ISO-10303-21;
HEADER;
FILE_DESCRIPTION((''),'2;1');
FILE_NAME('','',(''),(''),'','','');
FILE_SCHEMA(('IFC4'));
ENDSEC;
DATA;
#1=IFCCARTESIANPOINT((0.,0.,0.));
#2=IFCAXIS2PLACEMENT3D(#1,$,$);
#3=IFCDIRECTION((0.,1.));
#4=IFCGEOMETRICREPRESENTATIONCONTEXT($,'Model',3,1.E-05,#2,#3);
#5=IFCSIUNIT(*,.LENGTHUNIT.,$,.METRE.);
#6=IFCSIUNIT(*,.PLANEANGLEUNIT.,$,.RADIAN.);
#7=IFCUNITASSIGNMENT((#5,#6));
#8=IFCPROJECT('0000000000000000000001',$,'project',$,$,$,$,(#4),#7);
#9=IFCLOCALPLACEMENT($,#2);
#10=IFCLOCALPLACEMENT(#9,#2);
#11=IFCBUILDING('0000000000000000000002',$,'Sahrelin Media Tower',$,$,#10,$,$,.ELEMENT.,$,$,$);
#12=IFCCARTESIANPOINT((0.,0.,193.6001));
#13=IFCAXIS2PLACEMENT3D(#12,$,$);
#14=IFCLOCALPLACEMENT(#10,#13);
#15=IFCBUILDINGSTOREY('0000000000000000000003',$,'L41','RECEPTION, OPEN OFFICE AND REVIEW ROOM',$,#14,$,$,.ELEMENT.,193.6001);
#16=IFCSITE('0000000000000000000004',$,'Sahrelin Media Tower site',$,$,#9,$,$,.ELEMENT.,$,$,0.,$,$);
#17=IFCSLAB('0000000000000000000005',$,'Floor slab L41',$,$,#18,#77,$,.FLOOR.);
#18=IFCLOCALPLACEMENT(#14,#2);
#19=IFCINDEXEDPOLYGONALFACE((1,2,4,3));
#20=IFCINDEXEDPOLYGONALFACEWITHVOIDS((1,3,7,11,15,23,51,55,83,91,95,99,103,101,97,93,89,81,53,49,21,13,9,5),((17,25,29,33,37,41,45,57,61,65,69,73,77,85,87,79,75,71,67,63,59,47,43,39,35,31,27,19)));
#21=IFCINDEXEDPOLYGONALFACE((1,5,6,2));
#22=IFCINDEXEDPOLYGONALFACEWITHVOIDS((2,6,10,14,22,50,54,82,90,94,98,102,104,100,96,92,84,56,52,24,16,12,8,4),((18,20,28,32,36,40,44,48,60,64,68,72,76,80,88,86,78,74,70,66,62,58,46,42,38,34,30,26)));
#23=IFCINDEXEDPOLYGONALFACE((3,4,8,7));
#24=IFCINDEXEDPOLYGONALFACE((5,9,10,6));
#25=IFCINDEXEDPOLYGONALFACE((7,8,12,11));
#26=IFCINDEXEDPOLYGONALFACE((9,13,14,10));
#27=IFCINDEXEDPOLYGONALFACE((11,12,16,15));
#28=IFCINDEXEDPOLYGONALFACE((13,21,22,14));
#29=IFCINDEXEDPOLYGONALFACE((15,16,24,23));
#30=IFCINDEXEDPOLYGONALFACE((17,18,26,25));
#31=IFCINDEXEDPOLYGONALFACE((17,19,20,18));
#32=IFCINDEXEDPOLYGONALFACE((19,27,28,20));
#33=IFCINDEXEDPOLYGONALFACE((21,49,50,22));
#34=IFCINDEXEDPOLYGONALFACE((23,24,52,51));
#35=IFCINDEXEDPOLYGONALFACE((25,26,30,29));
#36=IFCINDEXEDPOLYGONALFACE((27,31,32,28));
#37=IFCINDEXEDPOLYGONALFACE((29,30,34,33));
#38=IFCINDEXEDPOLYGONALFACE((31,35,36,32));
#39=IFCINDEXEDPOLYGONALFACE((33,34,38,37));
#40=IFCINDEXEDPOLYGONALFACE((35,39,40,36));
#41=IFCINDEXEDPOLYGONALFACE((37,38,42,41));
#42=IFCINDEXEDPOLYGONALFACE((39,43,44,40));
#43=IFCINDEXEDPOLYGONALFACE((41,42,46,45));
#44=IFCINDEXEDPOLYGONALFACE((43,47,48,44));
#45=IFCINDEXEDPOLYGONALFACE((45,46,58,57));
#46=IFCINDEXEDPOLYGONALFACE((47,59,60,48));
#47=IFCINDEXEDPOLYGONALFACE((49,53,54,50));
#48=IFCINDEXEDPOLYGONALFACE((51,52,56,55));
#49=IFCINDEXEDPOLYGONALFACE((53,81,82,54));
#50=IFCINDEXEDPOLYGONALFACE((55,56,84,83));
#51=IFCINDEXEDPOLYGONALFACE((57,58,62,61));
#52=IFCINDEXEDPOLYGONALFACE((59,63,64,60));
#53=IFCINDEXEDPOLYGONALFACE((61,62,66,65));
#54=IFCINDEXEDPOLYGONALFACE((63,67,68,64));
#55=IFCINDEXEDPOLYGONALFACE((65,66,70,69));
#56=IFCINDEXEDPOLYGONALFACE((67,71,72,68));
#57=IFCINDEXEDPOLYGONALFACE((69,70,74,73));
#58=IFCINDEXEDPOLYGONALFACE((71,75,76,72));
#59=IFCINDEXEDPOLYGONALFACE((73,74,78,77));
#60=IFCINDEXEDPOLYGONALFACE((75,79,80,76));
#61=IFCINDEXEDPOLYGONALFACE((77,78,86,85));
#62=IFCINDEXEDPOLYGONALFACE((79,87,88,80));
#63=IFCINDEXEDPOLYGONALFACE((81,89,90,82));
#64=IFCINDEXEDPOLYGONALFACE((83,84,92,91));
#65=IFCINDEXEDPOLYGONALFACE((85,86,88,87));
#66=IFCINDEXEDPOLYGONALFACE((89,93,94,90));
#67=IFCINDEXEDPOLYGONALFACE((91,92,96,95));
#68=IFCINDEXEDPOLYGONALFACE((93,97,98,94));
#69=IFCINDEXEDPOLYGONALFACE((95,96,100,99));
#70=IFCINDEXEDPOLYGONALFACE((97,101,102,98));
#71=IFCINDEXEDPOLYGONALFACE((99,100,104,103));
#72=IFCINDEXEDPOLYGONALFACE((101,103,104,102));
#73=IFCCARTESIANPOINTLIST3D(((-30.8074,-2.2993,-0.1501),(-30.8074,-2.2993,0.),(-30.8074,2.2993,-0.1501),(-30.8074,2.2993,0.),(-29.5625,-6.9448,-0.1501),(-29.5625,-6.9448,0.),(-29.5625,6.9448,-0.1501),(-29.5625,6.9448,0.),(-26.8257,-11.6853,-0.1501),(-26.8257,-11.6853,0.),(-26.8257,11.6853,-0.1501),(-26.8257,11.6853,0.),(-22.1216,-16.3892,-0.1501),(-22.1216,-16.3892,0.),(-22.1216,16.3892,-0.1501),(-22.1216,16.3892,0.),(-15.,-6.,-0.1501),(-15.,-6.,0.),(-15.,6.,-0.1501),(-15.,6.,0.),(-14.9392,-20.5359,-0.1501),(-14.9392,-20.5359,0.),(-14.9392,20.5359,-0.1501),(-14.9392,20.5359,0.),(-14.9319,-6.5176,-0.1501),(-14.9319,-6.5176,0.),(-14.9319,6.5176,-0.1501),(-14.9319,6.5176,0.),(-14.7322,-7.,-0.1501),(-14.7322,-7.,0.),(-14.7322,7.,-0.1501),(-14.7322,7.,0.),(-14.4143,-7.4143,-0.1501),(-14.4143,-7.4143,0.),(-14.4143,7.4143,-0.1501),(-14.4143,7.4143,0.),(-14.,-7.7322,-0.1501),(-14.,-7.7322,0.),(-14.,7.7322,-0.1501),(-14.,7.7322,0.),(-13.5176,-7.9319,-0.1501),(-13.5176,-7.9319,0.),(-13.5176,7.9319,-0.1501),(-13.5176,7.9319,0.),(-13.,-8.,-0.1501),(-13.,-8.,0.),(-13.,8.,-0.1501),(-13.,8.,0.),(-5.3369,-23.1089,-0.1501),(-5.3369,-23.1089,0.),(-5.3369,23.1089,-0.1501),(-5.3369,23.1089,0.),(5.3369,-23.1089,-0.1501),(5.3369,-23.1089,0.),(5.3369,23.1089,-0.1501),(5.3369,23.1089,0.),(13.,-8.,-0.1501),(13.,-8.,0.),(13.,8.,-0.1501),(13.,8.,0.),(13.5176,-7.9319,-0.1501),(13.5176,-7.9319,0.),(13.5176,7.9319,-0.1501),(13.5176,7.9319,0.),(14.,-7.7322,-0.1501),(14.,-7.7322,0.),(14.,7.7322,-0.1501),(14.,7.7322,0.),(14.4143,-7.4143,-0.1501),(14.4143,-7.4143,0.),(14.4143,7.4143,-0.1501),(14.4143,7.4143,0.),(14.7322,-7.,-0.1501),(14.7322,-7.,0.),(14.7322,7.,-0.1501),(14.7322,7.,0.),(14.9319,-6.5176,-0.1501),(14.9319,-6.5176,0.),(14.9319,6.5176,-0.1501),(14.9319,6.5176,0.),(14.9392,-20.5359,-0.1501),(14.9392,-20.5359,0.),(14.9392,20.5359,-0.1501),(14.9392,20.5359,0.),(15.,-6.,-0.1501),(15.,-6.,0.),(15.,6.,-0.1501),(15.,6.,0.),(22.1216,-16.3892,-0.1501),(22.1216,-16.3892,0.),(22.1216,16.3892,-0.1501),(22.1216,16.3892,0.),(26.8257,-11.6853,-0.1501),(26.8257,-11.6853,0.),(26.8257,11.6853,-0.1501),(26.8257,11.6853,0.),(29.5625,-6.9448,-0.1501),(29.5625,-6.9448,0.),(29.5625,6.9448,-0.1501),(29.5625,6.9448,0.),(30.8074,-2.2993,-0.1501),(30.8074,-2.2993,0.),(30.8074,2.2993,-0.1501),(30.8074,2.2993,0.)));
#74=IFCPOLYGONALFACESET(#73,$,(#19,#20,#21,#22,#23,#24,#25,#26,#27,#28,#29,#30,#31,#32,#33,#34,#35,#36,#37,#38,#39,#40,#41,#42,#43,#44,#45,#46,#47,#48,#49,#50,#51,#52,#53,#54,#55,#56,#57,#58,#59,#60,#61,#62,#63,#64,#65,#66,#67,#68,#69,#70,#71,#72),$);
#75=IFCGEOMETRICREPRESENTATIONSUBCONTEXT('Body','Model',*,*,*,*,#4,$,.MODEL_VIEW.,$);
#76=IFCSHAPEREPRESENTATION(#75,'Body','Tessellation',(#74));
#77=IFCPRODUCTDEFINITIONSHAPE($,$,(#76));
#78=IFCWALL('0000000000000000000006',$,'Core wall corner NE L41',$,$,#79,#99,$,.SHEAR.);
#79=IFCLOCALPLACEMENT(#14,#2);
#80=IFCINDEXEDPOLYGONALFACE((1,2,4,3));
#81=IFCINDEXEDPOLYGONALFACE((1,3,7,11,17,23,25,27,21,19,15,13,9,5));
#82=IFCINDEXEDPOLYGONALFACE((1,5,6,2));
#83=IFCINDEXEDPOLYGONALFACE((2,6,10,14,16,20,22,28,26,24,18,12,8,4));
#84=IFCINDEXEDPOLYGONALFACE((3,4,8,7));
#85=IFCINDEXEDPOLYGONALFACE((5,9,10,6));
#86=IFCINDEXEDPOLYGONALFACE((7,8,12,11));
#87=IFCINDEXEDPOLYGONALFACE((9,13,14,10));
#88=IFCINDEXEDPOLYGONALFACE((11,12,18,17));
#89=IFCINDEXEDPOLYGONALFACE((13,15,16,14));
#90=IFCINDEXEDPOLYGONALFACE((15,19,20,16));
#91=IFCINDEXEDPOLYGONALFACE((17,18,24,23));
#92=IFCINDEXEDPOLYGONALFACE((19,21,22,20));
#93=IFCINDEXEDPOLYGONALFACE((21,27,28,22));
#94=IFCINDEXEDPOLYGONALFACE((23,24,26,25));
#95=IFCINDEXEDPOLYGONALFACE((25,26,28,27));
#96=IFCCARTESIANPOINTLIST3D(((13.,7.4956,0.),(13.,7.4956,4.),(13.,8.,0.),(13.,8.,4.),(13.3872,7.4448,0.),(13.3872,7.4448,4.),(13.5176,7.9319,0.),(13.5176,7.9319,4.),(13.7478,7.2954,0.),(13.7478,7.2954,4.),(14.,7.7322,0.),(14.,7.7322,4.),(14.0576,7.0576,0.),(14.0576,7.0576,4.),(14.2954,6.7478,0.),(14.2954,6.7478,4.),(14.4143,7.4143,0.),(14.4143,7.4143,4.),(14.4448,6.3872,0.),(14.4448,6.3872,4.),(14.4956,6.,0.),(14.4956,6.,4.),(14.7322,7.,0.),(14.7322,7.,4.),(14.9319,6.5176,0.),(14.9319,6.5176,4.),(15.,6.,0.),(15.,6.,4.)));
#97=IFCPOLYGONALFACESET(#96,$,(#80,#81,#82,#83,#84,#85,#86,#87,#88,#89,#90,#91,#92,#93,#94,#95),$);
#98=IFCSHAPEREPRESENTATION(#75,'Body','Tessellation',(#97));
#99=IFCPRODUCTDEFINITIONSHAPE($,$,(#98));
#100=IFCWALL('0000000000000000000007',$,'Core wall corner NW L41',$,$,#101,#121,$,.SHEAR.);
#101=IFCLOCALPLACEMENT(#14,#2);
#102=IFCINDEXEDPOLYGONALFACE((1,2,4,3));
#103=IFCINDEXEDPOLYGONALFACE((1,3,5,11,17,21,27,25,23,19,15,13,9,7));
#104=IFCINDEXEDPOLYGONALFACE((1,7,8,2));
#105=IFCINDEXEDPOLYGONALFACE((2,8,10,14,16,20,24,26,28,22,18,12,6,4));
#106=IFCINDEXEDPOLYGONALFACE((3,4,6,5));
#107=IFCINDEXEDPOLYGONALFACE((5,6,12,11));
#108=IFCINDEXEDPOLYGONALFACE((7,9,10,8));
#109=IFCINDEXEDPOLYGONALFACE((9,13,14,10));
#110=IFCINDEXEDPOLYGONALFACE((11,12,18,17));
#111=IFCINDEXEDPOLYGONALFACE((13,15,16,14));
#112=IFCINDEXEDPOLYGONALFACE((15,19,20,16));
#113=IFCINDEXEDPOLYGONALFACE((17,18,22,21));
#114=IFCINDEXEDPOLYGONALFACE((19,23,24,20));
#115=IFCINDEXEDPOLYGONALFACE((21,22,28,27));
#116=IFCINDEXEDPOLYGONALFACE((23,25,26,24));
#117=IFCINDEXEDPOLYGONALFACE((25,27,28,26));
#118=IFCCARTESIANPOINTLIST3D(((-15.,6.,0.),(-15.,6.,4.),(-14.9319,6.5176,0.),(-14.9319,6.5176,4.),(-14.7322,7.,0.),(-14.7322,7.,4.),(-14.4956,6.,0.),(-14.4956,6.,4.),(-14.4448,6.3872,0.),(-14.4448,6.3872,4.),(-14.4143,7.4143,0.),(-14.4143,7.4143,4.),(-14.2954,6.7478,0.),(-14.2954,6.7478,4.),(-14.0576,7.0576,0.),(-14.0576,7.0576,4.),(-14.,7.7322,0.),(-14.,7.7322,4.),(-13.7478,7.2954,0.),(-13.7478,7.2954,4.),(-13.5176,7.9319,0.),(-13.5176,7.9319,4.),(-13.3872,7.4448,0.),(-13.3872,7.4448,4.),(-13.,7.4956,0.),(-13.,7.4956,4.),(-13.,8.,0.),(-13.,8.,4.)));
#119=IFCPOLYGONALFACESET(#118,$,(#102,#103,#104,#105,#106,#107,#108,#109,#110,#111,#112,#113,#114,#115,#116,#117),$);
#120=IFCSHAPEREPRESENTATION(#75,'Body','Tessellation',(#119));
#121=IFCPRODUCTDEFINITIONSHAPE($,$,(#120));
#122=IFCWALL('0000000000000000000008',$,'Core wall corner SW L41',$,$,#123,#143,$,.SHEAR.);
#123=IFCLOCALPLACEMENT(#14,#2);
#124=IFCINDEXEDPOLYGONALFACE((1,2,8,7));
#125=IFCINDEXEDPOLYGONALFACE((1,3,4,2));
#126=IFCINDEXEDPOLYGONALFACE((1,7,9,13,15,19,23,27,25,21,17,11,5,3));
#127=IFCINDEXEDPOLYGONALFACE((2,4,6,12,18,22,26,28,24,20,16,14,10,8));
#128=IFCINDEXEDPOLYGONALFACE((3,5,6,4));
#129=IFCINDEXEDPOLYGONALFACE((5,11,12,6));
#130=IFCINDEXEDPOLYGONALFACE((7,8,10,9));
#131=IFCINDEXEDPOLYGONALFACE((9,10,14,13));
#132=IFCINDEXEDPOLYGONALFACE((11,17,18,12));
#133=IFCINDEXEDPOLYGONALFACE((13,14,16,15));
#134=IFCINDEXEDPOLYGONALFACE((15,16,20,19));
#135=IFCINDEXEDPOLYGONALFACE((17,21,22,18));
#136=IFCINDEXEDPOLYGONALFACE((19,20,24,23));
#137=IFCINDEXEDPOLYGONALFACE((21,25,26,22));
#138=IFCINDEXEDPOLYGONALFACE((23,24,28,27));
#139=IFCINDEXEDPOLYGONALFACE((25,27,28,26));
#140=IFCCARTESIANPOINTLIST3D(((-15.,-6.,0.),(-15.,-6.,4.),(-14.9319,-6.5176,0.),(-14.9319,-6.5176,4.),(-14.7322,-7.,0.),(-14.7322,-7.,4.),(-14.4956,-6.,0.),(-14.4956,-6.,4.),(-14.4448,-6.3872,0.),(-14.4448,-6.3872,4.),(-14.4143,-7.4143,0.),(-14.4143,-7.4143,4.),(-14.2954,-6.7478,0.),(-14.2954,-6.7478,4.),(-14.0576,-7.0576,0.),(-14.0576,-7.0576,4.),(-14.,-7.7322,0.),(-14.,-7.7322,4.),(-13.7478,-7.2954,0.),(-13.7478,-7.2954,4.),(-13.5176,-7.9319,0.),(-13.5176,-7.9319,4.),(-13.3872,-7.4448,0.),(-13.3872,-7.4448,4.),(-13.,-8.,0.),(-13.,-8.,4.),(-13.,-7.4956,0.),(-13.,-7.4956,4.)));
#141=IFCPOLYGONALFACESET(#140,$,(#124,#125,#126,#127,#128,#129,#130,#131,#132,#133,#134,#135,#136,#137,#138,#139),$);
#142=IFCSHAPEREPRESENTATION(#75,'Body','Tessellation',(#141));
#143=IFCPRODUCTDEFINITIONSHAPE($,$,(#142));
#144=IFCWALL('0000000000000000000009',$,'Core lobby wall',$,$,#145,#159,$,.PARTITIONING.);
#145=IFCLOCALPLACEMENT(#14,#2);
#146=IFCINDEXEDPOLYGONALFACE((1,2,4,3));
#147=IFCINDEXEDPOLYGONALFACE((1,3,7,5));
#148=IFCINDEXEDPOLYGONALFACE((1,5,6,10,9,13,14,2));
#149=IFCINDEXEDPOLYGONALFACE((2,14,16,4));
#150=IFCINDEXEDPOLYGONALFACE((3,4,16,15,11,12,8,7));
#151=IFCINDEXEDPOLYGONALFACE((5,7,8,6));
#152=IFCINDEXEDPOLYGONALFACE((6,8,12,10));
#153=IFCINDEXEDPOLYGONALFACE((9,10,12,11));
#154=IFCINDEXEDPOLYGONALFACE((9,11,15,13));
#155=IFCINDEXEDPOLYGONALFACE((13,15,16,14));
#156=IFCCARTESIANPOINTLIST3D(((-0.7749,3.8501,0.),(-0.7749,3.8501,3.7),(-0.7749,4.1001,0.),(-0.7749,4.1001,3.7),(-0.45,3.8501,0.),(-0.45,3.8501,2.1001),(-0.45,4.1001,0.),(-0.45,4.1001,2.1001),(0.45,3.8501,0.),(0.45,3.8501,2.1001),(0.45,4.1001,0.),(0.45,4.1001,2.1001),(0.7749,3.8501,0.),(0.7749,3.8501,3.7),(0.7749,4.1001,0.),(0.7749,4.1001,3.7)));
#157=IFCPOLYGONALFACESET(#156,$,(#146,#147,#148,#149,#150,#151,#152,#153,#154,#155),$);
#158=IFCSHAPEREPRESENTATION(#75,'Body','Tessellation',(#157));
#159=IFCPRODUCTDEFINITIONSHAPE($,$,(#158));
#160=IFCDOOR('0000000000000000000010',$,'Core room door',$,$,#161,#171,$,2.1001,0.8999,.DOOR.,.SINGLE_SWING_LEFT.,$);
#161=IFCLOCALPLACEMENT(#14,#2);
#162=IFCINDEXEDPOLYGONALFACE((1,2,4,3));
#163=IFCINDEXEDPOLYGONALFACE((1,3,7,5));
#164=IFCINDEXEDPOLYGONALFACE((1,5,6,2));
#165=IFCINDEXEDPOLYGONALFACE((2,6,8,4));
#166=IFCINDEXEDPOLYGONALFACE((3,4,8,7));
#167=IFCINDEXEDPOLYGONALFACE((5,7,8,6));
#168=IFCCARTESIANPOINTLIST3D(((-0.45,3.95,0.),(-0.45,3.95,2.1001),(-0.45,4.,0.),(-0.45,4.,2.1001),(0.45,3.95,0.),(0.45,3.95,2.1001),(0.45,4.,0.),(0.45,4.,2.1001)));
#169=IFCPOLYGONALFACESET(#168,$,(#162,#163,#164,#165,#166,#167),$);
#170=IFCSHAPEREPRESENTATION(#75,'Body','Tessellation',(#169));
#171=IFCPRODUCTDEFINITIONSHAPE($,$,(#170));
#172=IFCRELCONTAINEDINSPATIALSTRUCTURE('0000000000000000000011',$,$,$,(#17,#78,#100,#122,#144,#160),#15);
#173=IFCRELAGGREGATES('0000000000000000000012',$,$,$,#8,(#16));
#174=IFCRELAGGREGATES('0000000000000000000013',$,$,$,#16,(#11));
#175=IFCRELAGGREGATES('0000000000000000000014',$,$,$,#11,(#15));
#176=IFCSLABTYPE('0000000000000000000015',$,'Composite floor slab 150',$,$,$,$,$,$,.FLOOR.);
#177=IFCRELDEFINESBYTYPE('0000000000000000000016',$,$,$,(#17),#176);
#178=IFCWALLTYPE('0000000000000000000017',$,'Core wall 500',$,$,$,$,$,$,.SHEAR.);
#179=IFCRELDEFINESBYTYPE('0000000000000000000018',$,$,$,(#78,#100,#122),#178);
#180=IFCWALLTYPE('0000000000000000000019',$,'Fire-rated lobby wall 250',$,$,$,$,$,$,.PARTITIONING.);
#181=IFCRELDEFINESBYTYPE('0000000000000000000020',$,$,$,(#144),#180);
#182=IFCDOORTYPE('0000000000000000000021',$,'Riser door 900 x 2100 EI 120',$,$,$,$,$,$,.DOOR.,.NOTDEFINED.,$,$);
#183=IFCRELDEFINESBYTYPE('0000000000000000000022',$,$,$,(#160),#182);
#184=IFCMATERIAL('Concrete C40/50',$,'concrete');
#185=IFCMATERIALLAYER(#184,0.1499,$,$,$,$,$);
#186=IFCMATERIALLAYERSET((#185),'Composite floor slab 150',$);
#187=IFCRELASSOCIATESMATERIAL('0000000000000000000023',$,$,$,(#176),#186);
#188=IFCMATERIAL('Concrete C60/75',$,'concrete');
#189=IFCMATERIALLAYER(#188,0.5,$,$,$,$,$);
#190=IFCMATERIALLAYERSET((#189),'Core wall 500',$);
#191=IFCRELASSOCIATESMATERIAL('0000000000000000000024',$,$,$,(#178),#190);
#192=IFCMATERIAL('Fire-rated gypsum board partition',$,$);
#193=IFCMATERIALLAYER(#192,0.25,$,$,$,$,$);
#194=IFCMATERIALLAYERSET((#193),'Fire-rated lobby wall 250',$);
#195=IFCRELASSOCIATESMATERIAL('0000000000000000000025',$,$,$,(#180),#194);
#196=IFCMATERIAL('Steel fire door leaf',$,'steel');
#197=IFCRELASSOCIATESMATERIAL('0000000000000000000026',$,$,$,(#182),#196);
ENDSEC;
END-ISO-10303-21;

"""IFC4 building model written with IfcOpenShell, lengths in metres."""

from ifc_helpers import new_model, si_unit, direction, frame, frame_2d, origin, place, context, subcontext, project, spatial, polyline, rectangle, outline, extrude, material, layer, layer_set, type_object, element, fill, save


model = new_model("IFC4")

# Units and contexts
model_context = context("Model", 3, precision=1e-05, world=origin(), true_north=direction((0.0, 1.0)))
body_context = subcontext(model_context, "Body", "Model", "MODEL_VIEW")
ifc_project = project(units=[si_unit("LENGTHUNIT", "METRE"), si_unit("PLANEANGLEUNIT", "RADIAN")], contexts=[model_context])

# Site, building, storey
site_placement = place(None, origin())
site = spatial("IfcSite", under=ifc_project, at=site_placement, Name="Sahrelin Media Tower site", CompositionType="ELEMENT", RefElevation=0.0)
building_placement = place(site_placement, origin())
building = spatial("IfcBuilding", under=site, at=building_placement, Name="Sahrelin Media Tower", CompositionType="ELEMENT")
storey_placement = place(building_placement, frame((0.0, 0.0, 193.6001)))
storey = spatial("IfcBuildingStorey", under=building, at=storey_placement, Name="L41", Description="RECEPTION, OPEN OFFICE AND REVIEW ROOM", CompositionType="ELEMENT", Elevation=193.6001)

# Slab
ifc_material_1 = material(Name="Concrete C40/50", Category="concrete")
ifc_layer_1 = layer(ifc_material_1, 0.1499)
ifc_layer_set_1 = layer_set([ifc_layer_1], Name="Composite floor slab 150")
slab_type = type_object("IfcSlabType", Name="Composite floor slab 150", PredefinedType="FLOOR", material=ifc_layer_set_1)
slab_placement = place(storey_placement, frame((0.0, 0.0, -0.1501)))
element("IfcSlab", 1, at=slab_placement, inside=storey, type_object=slab_type, Name="Floor slab L41", PredefinedType="FLOOR", context=body_context, shape_type="SweptSolid", body=[
    extrude(outline(polyline([(30.8074, -2.2993), (30.8074, 2.2993), (29.5625, 6.9448), (26.8257, 11.6853), (22.1216, 16.3892), (14.9392, 20.5359), (5.3369, 23.1089), (-5.3369, 23.1089), (-14.9392, 20.5359), (-22.1216, 16.3892), (-26.8257, 11.6853), (-29.5625, 6.9448), (-30.8074, 2.2993), (-30.8074, -2.2993), (-29.5625, -6.9448), (-26.8257, -11.6853), (-22.1216, -16.3892), (-14.9392, -20.5359), (-5.3369, -23.1089), (5.3369, -23.1089), (14.9392, -20.5359), (22.1216, -16.3892), (26.8257, -11.6853), (29.5625, -6.9448), (30.8074, -2.2993)]), holes=[polyline([(14.9319, 6.5176), (15.0, 6.0), (15.0, -6.0), (14.9319, -6.5176), (14.7322, -7.0), (14.4143, -7.4143), (14.0, -7.7322), (13.5176, -7.9319), (13.0, -8.0), (-13.0, -8.0), (-13.5176, -7.9319), (-14.0, -7.7322), (-14.4143, -7.4143), (-14.7322, -7.0), (-14.9319, -6.5176), (-15.0, -6.0), (-15.0, 6.0), (-14.9319, 6.5176), (-14.7322, 7.0), (-14.4143, 7.4143), (-14.0, 7.7322), (-13.5176, 7.9319), (-13.0, 8.0), (13.0, 8.0), (13.5176, 7.9319), (14.0, 7.7322), (14.4143, 7.4143), (14.7322, 7.0), (14.9319, 6.5176)])]), origin(), (0.0, 0.0, 1.0), 0.1501),
])

# Walls
ifc_material_2 = material(Name="Concrete C60/75", Category="concrete")
ifc_layer_2 = layer(ifc_material_2, 0.5)
ifc_layer_set_2 = layer_set([ifc_layer_2], Name="Core wall 500")
wall_type_1 = type_object("IfcWallType", Name="Core wall 500", PredefinedType="SHEAR", material=ifc_layer_set_2)
placement = place(storey_placement, origin())
element("IfcWall", 2, at=placement, inside=storey, type_object=wall_type_1, Name="Core wall corner NE L41", PredefinedType="SHEAR", context=body_context, shape_type="SweptSolid", body=[
    extrude(outline(polyline([(13.0, 8.0), (13.0, 7.4956), (13.3872, 7.4448), (13.7478, 7.2954), (14.0576, 7.0576), (14.2954, 6.7478), (14.4448, 6.3872), (14.4956, 6.0), (15.0, 6.0), (14.9319, 6.5176), (14.7322, 7.0), (14.4143, 7.4143), (14.0, 7.7322), (13.5176, 7.9319), (13.0, 8.0)])), origin(), (0.0, 0.0, 1.0), 4.0),
])
element("IfcWall", 3, at=placement, inside=storey, type_object=wall_type_1, Name="Core wall corner NW L41", PredefinedType="SHEAR", context=body_context, shape_type="SweptSolid", body=[
    extrude(outline(polyline([(-15.0, 6.0), (-14.4956, 6.0), (-14.4448, 6.3872), (-14.2954, 6.7478), (-14.0576, 7.0576), (-13.7478, 7.2954), (-13.3872, 7.4448), (-13.0, 7.4956), (-13.0, 8.0), (-13.5176, 7.9319), (-14.0, 7.7322), (-14.4143, 7.4143), (-14.7322, 7.0), (-14.9319, 6.5176), (-15.0, 6.0)])), origin(), (0.0, 0.0, 1.0), 4.0),
])
element("IfcWall", 4, at=placement, inside=storey, type_object=wall_type_1, Name="Core wall corner SW L41", PredefinedType="SHEAR", context=body_context, shape_type="SweptSolid", body=[
    extrude(outline(polyline([(-13.0, -8.0), (-13.0, -7.4956), (-13.3872, -7.4448), (-13.7478, -7.2954), (-14.0576, -7.0576), (-14.2954, -6.7478), (-14.4448, -6.3872), (-14.4956, -6.0), (-15.0, -6.0), (-14.9319, -6.5176), (-14.7322, -7.0), (-14.4143, -7.4143), (-14.0, -7.7322), (-13.5176, -7.9319), (-13.0, -8.0)])), origin(), (0.0, 0.0, 1.0), 4.0),
])

# Wall, opening, door
ifc_material_3 = material(Name="Fire-rated gypsum board partition")
ifc_layer_3 = layer(ifc_material_3, 0.25)
ifc_layer_set_3 = layer_set([ifc_layer_3], Name="Fire-rated lobby wall 250")
wall_type_2 = type_object("IfcWallType", Name="Fire-rated lobby wall 250", PredefinedType="PARTITIONING", material=ifc_layer_set_3)
wall_1_placement = place(storey_placement, frame((-0.7749, 3.9751, 0.0), z_axis=(0.0, 0.0, 1.0), x_axis=(1.0, 0.0, 0.0)))
wall_1 = element("IfcWall", 5, at=wall_1_placement, inside=storey, type_object=wall_type_2, Name="Core lobby wall", PredefinedType="PARTITIONING", context=body_context, shape_type="SweptSolid", body=[
    extrude(rectangle(XDim=1.5498, YDim=0.25, at=frame_2d((0.7749, 0.0))), origin(), (0.0, 0.0, 1.0), 3.7),
])
opening_1_placement = place(wall_1_placement, frame((0.325, 0.0, 0.0)))
opening_1 = element("IfcOpeningElement", 6, at=opening_1_placement, cuts=wall_1, PredefinedType="OPENING", context=body_context, shape_type="SweptSolid", body=[
    extrude(rectangle(XDim=0.8999, YDim=2.1001, at=frame_2d((0.45, 1.05))), frame((0.0, 0.125, 0.0), z_axis=(0.0, -1.0, 0.0), x_axis=(1.0, 0.0, 0.0)), (0.0, 0.0, 1.0), 0.25),
])
ifc_material_4 = material(Name="Steel fire door leaf", Category="steel")
door_type_1 = type_object("IfcDoorType", Name="Riser door 900 x 2100 EI 120", OperationType="NOTDEFINED", PredefinedType="DOOR", material=ifc_material_4)
door_1_placement = place(opening_1_placement, origin())
door_1 = element("IfcDoor", 7, at=door_1_placement, inside=storey, type_object=door_type_1, Name="Core room door", OperationType="SINGLE_SWING_LEFT", OverallHeight=2.1001, OverallWidth=0.8999, PredefinedType="DOOR", context=body_context, shape_type="SweptSolid", body=[
    extrude(rectangle(XDim=0.8999, YDim=2.1001, at=frame_2d((0.45, 1.05))), frame((0.0, 0.0249, 0.0), z_axis=(0.0, -1.0, 0.0), x_axis=(1.0, 0.0, 0.0)), (0.0, 0.0, 1.0), 0.05),
])
fill(opening_1, door_1)

save(model, "model.ifc")
